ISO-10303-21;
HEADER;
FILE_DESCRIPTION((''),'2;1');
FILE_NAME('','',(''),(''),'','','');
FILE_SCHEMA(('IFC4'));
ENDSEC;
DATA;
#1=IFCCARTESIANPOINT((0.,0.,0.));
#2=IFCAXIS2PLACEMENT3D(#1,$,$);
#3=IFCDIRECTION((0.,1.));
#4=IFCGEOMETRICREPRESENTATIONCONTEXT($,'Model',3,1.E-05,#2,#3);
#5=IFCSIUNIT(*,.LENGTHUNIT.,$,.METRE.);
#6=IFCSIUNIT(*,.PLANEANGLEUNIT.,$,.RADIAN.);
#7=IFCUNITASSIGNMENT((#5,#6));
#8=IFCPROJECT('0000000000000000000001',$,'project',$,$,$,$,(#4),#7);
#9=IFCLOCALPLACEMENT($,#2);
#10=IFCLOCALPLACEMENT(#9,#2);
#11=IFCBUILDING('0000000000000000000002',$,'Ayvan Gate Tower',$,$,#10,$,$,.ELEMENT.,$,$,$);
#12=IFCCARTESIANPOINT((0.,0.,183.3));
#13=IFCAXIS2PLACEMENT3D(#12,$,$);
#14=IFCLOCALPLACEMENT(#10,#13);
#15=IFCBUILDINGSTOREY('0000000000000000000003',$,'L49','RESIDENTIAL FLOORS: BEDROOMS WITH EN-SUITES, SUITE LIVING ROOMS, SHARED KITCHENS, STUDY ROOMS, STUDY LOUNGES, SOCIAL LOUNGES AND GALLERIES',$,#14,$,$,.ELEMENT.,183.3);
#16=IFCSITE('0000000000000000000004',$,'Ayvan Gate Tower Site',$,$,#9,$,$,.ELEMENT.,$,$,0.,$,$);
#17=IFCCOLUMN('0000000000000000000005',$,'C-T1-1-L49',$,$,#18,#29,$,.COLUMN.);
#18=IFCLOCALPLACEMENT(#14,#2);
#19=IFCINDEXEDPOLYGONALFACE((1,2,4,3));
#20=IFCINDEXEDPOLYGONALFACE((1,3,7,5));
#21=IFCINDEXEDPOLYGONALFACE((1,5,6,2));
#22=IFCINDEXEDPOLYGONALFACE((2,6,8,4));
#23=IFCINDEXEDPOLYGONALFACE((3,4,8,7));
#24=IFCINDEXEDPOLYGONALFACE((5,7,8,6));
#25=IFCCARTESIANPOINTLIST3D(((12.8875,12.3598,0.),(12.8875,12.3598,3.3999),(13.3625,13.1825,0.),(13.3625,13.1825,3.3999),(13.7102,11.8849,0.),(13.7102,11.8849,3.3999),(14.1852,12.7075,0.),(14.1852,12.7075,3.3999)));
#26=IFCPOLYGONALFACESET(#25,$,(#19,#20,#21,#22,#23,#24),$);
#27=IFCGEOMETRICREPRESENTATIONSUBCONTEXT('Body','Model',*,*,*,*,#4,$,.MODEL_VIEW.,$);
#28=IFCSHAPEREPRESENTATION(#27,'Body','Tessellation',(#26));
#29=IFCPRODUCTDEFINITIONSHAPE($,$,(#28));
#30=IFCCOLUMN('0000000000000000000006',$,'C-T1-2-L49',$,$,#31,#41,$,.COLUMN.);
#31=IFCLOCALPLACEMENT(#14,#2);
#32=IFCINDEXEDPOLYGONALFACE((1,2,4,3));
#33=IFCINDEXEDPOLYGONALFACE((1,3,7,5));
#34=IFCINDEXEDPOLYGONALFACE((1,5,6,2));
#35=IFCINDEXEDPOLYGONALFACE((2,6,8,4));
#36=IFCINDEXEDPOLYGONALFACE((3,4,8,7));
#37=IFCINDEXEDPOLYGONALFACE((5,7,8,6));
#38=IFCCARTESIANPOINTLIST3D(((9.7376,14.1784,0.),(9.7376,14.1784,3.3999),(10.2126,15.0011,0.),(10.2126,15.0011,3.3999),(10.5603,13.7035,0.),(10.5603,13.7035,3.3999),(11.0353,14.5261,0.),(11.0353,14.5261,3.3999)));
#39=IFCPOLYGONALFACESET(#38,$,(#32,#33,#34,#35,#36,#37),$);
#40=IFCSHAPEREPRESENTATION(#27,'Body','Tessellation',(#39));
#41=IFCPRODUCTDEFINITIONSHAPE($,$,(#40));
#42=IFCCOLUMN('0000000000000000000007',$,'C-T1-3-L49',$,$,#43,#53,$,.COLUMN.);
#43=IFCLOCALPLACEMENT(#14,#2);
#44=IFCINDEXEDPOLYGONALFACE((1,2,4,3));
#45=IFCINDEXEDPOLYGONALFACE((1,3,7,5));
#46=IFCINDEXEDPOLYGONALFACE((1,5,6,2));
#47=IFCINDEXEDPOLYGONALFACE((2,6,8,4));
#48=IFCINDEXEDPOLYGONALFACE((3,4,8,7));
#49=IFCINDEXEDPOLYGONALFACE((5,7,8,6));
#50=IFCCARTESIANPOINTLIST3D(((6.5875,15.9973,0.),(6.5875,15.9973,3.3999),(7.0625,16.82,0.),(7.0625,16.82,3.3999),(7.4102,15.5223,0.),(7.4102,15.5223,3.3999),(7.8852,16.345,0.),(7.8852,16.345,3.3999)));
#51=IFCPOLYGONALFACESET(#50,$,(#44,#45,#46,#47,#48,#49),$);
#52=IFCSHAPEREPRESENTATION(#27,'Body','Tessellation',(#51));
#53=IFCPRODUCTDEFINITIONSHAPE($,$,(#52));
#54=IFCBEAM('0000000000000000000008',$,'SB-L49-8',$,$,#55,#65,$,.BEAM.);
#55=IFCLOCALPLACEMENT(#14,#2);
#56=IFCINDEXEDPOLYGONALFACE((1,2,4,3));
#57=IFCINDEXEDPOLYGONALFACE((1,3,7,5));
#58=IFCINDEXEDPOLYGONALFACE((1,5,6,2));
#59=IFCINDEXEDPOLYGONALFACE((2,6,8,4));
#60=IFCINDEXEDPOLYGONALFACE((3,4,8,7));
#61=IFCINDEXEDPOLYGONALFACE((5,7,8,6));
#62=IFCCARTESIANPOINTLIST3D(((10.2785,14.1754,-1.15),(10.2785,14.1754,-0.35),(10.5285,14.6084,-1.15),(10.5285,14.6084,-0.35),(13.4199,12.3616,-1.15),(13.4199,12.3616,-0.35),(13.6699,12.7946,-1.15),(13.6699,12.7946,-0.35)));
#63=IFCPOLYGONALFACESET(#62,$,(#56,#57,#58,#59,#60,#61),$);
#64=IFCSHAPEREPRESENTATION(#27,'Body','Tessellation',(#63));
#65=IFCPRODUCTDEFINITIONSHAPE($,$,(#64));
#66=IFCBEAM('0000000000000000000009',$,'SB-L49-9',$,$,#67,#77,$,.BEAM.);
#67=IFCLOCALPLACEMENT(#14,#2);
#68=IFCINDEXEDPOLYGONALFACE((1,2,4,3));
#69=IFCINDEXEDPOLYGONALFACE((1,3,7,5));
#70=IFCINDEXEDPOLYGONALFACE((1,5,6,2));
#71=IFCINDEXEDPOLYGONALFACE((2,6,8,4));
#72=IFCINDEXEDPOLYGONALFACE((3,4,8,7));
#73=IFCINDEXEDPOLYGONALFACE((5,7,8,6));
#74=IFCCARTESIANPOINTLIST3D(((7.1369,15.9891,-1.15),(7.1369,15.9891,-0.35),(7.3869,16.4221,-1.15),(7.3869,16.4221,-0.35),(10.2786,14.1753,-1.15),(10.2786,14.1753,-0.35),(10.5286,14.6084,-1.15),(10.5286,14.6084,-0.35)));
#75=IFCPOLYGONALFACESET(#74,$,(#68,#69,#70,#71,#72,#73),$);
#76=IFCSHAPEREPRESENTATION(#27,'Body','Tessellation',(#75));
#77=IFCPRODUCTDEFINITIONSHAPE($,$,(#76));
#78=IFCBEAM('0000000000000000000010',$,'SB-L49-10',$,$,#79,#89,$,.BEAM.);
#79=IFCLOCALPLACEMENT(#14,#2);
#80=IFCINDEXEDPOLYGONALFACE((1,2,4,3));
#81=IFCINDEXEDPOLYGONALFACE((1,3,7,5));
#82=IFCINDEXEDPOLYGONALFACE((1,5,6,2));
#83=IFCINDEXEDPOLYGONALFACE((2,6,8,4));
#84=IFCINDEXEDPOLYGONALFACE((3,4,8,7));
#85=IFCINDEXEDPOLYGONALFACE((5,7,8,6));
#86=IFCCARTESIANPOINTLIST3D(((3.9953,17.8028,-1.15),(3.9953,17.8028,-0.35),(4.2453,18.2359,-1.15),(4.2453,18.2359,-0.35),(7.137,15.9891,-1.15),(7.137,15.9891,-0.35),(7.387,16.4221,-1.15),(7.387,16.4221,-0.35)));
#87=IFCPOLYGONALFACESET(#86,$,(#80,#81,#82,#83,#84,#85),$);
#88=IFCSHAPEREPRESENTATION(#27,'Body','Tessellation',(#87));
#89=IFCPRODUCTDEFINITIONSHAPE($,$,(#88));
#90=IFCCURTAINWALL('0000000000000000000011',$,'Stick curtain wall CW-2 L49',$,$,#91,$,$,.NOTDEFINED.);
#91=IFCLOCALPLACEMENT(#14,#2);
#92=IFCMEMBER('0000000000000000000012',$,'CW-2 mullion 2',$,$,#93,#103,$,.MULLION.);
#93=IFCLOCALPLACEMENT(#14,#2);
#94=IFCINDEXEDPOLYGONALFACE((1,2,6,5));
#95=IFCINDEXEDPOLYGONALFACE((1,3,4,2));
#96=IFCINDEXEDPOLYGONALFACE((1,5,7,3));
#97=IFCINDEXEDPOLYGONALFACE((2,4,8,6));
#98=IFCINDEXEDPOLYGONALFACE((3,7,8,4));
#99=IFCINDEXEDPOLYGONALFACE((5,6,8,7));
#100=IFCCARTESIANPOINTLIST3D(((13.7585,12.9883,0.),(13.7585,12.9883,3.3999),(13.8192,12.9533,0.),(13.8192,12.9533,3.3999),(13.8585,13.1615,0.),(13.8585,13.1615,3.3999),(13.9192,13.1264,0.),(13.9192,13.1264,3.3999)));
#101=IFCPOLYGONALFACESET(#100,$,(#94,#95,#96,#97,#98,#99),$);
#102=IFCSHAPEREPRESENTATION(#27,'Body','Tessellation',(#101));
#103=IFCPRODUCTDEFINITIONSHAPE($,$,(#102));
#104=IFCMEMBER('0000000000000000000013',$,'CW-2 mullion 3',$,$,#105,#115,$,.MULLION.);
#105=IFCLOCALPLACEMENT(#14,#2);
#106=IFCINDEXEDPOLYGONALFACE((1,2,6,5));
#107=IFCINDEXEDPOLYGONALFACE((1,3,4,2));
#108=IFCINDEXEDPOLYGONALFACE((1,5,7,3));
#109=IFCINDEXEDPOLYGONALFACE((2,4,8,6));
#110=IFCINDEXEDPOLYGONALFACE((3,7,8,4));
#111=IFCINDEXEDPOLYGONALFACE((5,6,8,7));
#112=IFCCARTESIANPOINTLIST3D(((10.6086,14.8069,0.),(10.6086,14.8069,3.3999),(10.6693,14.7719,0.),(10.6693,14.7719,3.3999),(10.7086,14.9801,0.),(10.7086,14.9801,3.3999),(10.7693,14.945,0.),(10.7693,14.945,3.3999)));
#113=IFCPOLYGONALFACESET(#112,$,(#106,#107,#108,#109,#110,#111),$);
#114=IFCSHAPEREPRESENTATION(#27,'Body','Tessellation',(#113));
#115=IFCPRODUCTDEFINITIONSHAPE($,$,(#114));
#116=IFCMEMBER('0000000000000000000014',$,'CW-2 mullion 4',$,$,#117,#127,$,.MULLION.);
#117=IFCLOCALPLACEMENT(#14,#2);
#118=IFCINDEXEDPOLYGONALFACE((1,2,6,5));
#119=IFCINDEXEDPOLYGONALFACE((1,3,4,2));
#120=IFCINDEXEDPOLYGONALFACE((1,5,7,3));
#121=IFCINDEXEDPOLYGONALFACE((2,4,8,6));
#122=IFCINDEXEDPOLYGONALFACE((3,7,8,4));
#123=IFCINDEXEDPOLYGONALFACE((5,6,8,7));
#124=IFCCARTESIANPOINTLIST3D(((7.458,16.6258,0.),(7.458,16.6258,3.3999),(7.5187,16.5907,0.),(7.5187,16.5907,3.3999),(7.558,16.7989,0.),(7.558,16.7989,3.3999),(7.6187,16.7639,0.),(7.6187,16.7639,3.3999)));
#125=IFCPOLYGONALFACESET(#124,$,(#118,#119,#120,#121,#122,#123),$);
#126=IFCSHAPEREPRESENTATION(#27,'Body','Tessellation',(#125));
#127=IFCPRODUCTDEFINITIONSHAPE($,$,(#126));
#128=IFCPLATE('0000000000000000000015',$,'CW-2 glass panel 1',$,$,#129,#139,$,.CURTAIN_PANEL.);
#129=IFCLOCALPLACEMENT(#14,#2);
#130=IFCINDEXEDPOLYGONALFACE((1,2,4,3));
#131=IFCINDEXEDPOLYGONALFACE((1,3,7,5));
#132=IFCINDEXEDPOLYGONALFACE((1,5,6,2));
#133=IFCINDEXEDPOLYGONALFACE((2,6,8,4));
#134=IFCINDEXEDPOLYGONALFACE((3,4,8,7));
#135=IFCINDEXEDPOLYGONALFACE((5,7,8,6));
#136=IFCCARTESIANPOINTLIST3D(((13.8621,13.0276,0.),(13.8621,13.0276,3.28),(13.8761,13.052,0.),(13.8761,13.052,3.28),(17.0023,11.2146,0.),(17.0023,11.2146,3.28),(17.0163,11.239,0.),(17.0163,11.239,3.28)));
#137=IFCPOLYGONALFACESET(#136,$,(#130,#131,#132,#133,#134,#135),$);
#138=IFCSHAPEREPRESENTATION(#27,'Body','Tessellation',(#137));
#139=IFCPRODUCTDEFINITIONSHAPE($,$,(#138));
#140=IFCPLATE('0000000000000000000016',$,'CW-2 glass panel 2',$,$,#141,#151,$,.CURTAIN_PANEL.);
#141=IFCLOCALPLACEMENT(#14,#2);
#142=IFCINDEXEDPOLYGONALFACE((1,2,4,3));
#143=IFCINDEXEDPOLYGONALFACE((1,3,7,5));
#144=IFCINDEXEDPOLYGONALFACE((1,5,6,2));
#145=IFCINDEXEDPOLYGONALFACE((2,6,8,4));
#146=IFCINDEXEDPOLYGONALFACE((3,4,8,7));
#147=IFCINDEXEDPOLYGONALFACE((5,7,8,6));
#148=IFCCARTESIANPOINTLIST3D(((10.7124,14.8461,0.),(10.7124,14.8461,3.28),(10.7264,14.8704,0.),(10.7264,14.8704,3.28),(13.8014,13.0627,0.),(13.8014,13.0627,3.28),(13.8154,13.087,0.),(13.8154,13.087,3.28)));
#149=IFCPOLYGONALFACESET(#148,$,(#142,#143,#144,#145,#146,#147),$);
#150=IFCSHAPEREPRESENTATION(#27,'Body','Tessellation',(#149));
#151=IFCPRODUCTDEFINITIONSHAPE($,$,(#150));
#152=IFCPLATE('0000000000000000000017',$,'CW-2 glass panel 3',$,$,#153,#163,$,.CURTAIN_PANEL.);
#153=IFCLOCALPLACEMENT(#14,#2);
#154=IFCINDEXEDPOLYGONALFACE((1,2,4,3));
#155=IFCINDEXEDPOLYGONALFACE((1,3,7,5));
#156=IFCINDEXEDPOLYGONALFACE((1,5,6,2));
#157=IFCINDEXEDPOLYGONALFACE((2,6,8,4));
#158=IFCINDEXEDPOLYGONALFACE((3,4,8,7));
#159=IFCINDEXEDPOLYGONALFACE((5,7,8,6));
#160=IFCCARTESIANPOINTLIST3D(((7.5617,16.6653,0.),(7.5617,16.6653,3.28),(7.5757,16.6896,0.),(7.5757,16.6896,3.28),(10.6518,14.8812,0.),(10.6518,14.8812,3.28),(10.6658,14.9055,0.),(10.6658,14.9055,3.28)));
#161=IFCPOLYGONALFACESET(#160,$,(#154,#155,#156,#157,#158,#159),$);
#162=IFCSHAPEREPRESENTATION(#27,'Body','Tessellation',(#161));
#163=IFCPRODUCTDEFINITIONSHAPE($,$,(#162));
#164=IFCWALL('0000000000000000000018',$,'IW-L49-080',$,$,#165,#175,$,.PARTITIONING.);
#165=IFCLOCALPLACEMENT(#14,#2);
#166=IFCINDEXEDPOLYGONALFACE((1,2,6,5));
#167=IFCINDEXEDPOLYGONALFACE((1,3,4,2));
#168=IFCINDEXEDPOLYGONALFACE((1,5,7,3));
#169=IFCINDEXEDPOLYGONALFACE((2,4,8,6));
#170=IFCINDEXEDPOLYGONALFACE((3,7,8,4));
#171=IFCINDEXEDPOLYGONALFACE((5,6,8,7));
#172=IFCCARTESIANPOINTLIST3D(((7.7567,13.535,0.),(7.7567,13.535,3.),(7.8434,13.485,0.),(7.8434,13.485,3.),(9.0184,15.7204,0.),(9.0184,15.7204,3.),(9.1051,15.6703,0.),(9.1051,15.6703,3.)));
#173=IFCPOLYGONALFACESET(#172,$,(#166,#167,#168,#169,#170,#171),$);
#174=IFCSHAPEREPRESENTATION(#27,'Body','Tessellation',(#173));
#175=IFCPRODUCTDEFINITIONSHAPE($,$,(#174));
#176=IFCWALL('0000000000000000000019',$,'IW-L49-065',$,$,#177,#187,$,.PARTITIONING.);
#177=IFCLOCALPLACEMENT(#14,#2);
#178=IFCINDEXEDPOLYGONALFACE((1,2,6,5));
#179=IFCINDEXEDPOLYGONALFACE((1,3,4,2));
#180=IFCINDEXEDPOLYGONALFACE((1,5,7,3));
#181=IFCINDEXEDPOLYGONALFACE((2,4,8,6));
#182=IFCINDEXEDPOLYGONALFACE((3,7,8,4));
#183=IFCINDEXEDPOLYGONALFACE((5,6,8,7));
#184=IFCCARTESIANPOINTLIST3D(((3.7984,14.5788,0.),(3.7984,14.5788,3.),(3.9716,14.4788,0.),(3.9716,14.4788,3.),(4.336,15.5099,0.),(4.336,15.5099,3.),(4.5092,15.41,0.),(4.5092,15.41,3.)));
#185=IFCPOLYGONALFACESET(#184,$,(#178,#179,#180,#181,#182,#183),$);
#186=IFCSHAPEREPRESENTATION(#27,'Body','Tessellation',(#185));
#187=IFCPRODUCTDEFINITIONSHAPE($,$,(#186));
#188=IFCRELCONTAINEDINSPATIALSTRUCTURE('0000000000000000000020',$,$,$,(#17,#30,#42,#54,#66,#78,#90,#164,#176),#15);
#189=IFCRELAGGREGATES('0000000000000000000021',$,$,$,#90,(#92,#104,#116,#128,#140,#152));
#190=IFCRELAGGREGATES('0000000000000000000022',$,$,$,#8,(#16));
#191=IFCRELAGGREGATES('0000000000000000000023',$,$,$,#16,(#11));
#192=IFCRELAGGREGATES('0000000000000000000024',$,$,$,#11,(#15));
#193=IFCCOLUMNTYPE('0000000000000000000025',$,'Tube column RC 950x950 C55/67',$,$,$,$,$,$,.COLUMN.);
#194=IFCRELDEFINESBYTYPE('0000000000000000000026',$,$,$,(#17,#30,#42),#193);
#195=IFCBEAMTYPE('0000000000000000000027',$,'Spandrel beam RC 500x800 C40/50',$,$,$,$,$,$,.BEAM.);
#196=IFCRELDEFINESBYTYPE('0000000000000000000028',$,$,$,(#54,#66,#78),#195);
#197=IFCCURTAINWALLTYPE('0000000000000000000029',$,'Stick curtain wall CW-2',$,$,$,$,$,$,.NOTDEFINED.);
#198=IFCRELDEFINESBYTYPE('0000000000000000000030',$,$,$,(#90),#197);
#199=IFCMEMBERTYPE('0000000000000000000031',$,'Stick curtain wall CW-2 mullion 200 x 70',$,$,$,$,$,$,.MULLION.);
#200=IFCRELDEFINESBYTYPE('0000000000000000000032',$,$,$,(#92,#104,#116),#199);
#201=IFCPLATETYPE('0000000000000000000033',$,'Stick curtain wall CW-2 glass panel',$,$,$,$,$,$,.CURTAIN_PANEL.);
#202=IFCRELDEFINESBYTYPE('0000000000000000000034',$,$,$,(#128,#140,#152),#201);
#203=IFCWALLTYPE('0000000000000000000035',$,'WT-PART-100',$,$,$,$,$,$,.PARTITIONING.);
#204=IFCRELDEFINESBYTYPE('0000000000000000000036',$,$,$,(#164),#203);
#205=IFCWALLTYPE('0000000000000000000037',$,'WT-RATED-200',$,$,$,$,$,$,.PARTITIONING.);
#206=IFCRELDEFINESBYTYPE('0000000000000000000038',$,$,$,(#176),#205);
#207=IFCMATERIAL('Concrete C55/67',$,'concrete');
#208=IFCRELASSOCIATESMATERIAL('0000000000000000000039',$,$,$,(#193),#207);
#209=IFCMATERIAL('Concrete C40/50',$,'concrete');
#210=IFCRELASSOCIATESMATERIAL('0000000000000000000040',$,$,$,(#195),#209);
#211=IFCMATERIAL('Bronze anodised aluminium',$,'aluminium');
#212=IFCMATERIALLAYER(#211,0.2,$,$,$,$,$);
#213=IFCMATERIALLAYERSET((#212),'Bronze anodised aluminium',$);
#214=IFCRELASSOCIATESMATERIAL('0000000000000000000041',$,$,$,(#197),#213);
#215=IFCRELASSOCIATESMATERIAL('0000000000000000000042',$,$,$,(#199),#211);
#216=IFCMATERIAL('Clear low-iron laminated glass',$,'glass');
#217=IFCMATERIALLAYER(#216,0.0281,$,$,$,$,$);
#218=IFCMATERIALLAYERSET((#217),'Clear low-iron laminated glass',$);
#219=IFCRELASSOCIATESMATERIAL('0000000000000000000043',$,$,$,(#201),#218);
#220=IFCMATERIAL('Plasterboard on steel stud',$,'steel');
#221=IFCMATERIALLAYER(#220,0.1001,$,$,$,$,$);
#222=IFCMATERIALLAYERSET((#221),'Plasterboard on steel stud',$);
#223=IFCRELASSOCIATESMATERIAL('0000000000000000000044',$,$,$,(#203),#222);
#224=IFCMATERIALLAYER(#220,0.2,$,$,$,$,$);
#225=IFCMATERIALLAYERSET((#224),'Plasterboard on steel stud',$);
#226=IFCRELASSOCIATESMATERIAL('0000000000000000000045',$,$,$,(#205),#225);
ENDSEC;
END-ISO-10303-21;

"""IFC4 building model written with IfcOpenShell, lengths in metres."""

from ifc_helpers import new_model, si_unit, direction, frame, frame_2d, origin, origin_2d, place, context, subcontext, project, spatial, rectangle, extrude, material, layer, layer_set, material_profile, profile_set, type_object, element, aggregate, save


model = new_model("IFC4")

# Units and contexts
model_context = context("Model", 3, precision=1e-05, world=origin(), true_north=direction((0.0, 1.0)))
body_context = subcontext(model_context, "Body", "Model", "MODEL_VIEW")
ifc_project = project(units=[si_unit("LENGTHUNIT", "METRE"), si_unit("PLANEANGLEUNIT", "RADIAN")], contexts=[model_context])

# Site, building, storey
site_placement = place(None, origin())
site = spatial("IfcSite", under=ifc_project, at=site_placement, Name="Ayvan Gate Tower Site", CompositionType="ELEMENT", RefElevation=0.0)
building_placement = place(site_placement, origin())
building = spatial("IfcBuilding", under=site, at=building_placement, Name="Ayvan Gate Tower", CompositionType="ELEMENT")
storey_placement = place(building_placement, frame((0.0, 0.0, 183.3)))
storey = spatial("IfcBuildingStorey", under=building, at=storey_placement, Name="L49", Description="RESIDENTIAL FLOORS: BEDROOMS WITH EN-SUITES, SUITE LIVING ROOMS, SHARED KITCHENS, STUDY ROOMS, STUDY LOUNGES, SOCIAL LOUNGES AND GALLERIES", CompositionType="ELEMENT", Elevation=183.3)

# Columns
ifc_material_1 = material(Name="Concrete C55/67", Category="concrete")
ifc_material_profile_1 = material_profile(ifc_material_1, rectangle(XDim=0.95, YDim=0.95, at=origin_2d()), Name="RC 950x950")
ifc_profile_set_1 = profile_set([ifc_material_profile_1], Name="Concrete C55/67")
column_type = type_object("IfcColumnType", Name="Tube column RC 950x950 C55/67", PredefinedType="COLUMN", material=ifc_profile_set_1)
for number, where, z_axis, x_axis, name in (
    (1, (13.5364, 12.5337, 0.0), (0.0, 0.0, 1.0), (0.5, 0.866025, 0.0), "C-T1-1-L49"),
    (2, (10.3865, 14.3523, 0.0), (0.0, 0.0, 1.0), (0.5, 0.866025, 0.0), "C-T1-2-L49"),
    (3, (7.2363, 16.1711, 0.0), (0.0, 0.0, 1.0), (0.5, 0.866025, 0.0), "C-T1-3-L49"),
):
    element("IfcColumn", number, at=place(storey_placement, frame(where, z_axis=z_axis, x_axis=x_axis)), inside=storey, type_object=column_type, Name=name, PredefinedType="COLUMN", context=body_context, shape_type="SweptSolid", body=[
        extrude(rectangle(XDim=0.95, YDim=0.95, at=origin_2d()), origin(), (0.0, 0.0, 1.0), 3.3999),
    ])

# Beams
ifc_material_2 = material(Name="Concrete C40/50", Category="concrete")
ifc_material_profile_2 = material_profile(ifc_material_2, rectangle(XDim=0.5, YDim=0.8, at=origin_2d()), Name="RC 500x800")
ifc_profile_set_2 = profile_set([ifc_material_profile_2], Name="Concrete C40/50")
beam_type = type_object("IfcBeamType", Name="Spandrel beam RC 500x800 C40/50", PredefinedType="BEAM", material=ifc_profile_set_2)
beam_placement = place(storey_placement, frame((13.5449, 12.5781, -0.75), z_axis=(-0.866019, 0.500012, 0.0), x_axis=(-0.500012, -0.866019, 0.0)))
element("IfcBeam", 4, at=beam_placement, inside=storey, type_object=beam_type, Name="SB-L49-8", PredefinedType="BEAM", context=body_context, shape_type="SweptSolid", body=[
    extrude(rectangle(XDim=0.5, YDim=0.8, at=origin_2d()), origin(), (0.0, 0.0, 1.0), 3.6274),
])
for number, where, z_axis, x_axis, name in (
    (5, (10.4036, 14.3918, -0.75), (-0.866035, 0.499983, 0.0), (-0.499983, -0.866035, 0.0), "SB-L49-9"),
    (6, (7.262, 16.2056, -0.75), (-0.866035, 0.499983, 0.0), (-0.499983, -0.866035, 0.0), "SB-L49-10"),
):
    element("IfcBeam", number, at=place(storey_placement, frame(where, z_axis=z_axis, x_axis=x_axis)), inside=storey, type_object=beam_type, Name=name, PredefinedType="BEAM", context=body_context, shape_type="SweptSolid", body=[
        extrude(rectangle(XDim=0.5, YDim=0.8, at=origin_2d()), origin(), (0.0, 0.0, 1.0), 3.6277),
    ])

# Curtain wall, members, plates
ifc_material_3 = material(Name="Bronze anodised aluminium", Category="aluminium")
ifc_layer_1 = layer(ifc_material_3, 0.2)
ifc_layer_set_1 = layer_set([ifc_layer_1], Name="Bronze anodised aluminium")
curtain_wall_type = type_object("IfcCurtainWallType", Name="Stick curtain wall CW-2", PredefinedType="NOTDEFINED", material=ifc_layer_set_1)
curtain_wall_placement = place(storey_placement, origin())
curtain_wall = element("IfcCurtainWall", 7, at=curtain_wall_placement, inside=storey, type_object=curtain_wall_type, Name="Stick curtain wall CW-2 L49", PredefinedType="NOTDEFINED")
ifc_material_profile_3 = material_profile(ifc_material_3, rectangle(XDim=0.2, YDim=0.0701, at=origin_2d()), Name="Stick curtain wall CW-2 mullion 200 x 70")
ifc_profile_set_3 = profile_set([ifc_material_profile_3], Name="Bronze anodised aluminium")
member_type = type_object("IfcMemberType", Name="Stick curtain wall CW-2 mullion 200 x 70", PredefinedType="MULLION", material=ifc_profile_set_3)
member_1_placement = place(storey_placement, frame((13.8389, 13.0574, 0.0), z_axis=(0.0, 0.0, 1.0), x_axis=(0.5, 0.866025, 0.0)))
member_1 = element("IfcMember", 8, at=member_1_placement, type_object=member_type, Name="CW-2 mullion 2", PredefinedType="MULLION", context=body_context, shape_type="SweptSolid", body=[
    extrude(rectangle(XDim=0.2, YDim=0.0701, at=origin_2d()), origin(), (0.0, 0.0, 1.0), 3.3999),
])
member_2_placement = place(storey_placement, frame((10.689, 14.876, 0.0), z_axis=(0.0, 0.0, 1.0), x_axis=(0.5, 0.866025, 0.0)))
member_2 = element("IfcMember", 9, at=member_2_placement, type_object=member_type, Name="CW-2 mullion 3", PredefinedType="MULLION", context=body_context, shape_type="SweptSolid", body=[
    extrude(rectangle(XDim=0.2, YDim=0.0701, at=origin_2d()), origin(), (0.0, 0.0, 1.0), 3.3999),
])
member_3_placement = place(storey_placement, frame((7.5383, 16.6948, 0.0), z_axis=(0.0, 0.0, 1.0), x_axis=(0.5, 0.866025, 0.0)))
member_3 = element("IfcMember", 10, at=member_3_placement, type_object=member_type, Name="CW-2 mullion 4", PredefinedType="MULLION", context=body_context, shape_type="SweptSolid", body=[
    extrude(rectangle(XDim=0.2, YDim=0.0701, at=origin_2d()), origin(), (0.0, 0.0, 1.0), 3.3999),
])
ifc_material_4 = material(Name="Clear low-iron laminated glass", Category="glass")
ifc_layer_2 = layer(ifc_material_4, 0.0281)
ifc_layer_set_2 = layer_set([ifc_layer_2], Name="Clear low-iron laminated glass")
plate_type = type_object("IfcPlateType", Name="Stick curtain wall CW-2 glass panel", PredefinedType="CURTAIN_PANEL", material=ifc_layer_set_2)
plate_1_placement = place(storey_placement, frame((15.4392, 12.1333, 0.0), z_axis=(0.0, 0.0, 1.0), x_axis=(-0.866025, 0.5, 0.0)))
plate_1 = element("IfcPlate", 11, at=plate_1_placement, type_object=plate_type, Name="CW-2 glass panel 1", PredefinedType="CURTAIN_PANEL", context=body_context, shape_type="SweptSolid", body=[
    extrude(rectangle(XDim=3.626, YDim=0.0281, at=origin_2d()), origin(), (0.0, 0.0, 1.0), 3.28),
])
plate_2_placement = place(storey_placement, frame((12.2639, 13.9666, 0.0), z_axis=(0.0, 0.0, 1.0), x_axis=(-0.866025, 0.5, 0.0)))
plate_2 = element("IfcPlate", 12, at=plate_2_placement, type_object=plate_type, Name="CW-2 glass panel 2", PredefinedType="CURTAIN_PANEL", context=body_context, shape_type="SweptSolid", body=[
    extrude(rectangle(XDim=3.5669, YDim=0.0281, at=origin_2d()), origin(), (0.0, 0.0, 1.0), 3.28),
])
plate_3_placement = place(storey_placement, frame((9.1138, 15.7854, 0.0), z_axis=(0.0, 0.0, 1.0), x_axis=(-0.866025, 0.5, 0.0)))
plate_3 = element("IfcPlate", 13, at=plate_3_placement, type_object=plate_type, Name="CW-2 glass panel 3", PredefinedType="CURTAIN_PANEL", context=body_context, shape_type="SweptSolid", body=[
    extrude(rectangle(XDim=3.5681, YDim=0.0281, at=origin_2d()), origin(), (0.0, 0.0, 1.0), 3.28),
])
aggregate(curtain_wall, [member_1, member_2, member_3, plate_1, plate_2, plate_3])

# Walls
ifc_material_5 = material(Name="Plasterboard on steel stud", Category="steel")
ifc_layer_3 = layer(ifc_material_5, 0.1001)
ifc_layer_set_3 = layer_set([ifc_layer_3], Name="Plasterboard on steel stud")
wall_type_1 = type_object("IfcWallType", Name="WT-PART-100", PredefinedType="PARTITIONING", material=ifc_layer_set_3)
wall_1_placement = place(storey_placement, frame((7.8, 13.51, 0.0), z_axis=(0.0, 0.0, 1.0), x_axis=(0.50001, 0.86602, 0.0)))
element("IfcWall", 14, at=wall_1_placement, inside=storey, type_object=wall_type_1, Name="IW-L49-080", PredefinedType="PARTITIONING", context=body_context, shape_type="SweptSolid", body=[
    extrude(rectangle(XDim=2.5234, YDim=0.1001, at=frame_2d((1.2617, 0.0))), origin(), (0.0, 0.0, 1.0), 3.0),
])
ifc_layer_4 = layer(ifc_material_5, 0.2)
ifc_layer_set_4 = layer_set([ifc_layer_4], Name="Plasterboard on steel stud")
wall_type_2 = type_object("IfcWallType", Name="WT-RATED-200", PredefinedType="PARTITIONING", material=ifc_layer_set_4)
wall_2_placement = place(storey_placement, frame((3.885, 14.5288, 0.0), z_axis=(0.0, 0.0, 1.0), x_axis=(0.499998, 0.866027, 0.0)))
element("IfcWall", 15, at=wall_2_placement, inside=storey, type_object=wall_type_2, Name="IW-L49-065", PredefinedType="PARTITIONING", context=body_context, shape_type="SweptSolid", body=[
    extrude(rectangle(XDim=1.0752, YDim=0.2, at=frame_2d((0.5376, 0.0))), origin(), (0.0, 0.0, 1.0), 3.0),
])

save(model, "model.ifc")
